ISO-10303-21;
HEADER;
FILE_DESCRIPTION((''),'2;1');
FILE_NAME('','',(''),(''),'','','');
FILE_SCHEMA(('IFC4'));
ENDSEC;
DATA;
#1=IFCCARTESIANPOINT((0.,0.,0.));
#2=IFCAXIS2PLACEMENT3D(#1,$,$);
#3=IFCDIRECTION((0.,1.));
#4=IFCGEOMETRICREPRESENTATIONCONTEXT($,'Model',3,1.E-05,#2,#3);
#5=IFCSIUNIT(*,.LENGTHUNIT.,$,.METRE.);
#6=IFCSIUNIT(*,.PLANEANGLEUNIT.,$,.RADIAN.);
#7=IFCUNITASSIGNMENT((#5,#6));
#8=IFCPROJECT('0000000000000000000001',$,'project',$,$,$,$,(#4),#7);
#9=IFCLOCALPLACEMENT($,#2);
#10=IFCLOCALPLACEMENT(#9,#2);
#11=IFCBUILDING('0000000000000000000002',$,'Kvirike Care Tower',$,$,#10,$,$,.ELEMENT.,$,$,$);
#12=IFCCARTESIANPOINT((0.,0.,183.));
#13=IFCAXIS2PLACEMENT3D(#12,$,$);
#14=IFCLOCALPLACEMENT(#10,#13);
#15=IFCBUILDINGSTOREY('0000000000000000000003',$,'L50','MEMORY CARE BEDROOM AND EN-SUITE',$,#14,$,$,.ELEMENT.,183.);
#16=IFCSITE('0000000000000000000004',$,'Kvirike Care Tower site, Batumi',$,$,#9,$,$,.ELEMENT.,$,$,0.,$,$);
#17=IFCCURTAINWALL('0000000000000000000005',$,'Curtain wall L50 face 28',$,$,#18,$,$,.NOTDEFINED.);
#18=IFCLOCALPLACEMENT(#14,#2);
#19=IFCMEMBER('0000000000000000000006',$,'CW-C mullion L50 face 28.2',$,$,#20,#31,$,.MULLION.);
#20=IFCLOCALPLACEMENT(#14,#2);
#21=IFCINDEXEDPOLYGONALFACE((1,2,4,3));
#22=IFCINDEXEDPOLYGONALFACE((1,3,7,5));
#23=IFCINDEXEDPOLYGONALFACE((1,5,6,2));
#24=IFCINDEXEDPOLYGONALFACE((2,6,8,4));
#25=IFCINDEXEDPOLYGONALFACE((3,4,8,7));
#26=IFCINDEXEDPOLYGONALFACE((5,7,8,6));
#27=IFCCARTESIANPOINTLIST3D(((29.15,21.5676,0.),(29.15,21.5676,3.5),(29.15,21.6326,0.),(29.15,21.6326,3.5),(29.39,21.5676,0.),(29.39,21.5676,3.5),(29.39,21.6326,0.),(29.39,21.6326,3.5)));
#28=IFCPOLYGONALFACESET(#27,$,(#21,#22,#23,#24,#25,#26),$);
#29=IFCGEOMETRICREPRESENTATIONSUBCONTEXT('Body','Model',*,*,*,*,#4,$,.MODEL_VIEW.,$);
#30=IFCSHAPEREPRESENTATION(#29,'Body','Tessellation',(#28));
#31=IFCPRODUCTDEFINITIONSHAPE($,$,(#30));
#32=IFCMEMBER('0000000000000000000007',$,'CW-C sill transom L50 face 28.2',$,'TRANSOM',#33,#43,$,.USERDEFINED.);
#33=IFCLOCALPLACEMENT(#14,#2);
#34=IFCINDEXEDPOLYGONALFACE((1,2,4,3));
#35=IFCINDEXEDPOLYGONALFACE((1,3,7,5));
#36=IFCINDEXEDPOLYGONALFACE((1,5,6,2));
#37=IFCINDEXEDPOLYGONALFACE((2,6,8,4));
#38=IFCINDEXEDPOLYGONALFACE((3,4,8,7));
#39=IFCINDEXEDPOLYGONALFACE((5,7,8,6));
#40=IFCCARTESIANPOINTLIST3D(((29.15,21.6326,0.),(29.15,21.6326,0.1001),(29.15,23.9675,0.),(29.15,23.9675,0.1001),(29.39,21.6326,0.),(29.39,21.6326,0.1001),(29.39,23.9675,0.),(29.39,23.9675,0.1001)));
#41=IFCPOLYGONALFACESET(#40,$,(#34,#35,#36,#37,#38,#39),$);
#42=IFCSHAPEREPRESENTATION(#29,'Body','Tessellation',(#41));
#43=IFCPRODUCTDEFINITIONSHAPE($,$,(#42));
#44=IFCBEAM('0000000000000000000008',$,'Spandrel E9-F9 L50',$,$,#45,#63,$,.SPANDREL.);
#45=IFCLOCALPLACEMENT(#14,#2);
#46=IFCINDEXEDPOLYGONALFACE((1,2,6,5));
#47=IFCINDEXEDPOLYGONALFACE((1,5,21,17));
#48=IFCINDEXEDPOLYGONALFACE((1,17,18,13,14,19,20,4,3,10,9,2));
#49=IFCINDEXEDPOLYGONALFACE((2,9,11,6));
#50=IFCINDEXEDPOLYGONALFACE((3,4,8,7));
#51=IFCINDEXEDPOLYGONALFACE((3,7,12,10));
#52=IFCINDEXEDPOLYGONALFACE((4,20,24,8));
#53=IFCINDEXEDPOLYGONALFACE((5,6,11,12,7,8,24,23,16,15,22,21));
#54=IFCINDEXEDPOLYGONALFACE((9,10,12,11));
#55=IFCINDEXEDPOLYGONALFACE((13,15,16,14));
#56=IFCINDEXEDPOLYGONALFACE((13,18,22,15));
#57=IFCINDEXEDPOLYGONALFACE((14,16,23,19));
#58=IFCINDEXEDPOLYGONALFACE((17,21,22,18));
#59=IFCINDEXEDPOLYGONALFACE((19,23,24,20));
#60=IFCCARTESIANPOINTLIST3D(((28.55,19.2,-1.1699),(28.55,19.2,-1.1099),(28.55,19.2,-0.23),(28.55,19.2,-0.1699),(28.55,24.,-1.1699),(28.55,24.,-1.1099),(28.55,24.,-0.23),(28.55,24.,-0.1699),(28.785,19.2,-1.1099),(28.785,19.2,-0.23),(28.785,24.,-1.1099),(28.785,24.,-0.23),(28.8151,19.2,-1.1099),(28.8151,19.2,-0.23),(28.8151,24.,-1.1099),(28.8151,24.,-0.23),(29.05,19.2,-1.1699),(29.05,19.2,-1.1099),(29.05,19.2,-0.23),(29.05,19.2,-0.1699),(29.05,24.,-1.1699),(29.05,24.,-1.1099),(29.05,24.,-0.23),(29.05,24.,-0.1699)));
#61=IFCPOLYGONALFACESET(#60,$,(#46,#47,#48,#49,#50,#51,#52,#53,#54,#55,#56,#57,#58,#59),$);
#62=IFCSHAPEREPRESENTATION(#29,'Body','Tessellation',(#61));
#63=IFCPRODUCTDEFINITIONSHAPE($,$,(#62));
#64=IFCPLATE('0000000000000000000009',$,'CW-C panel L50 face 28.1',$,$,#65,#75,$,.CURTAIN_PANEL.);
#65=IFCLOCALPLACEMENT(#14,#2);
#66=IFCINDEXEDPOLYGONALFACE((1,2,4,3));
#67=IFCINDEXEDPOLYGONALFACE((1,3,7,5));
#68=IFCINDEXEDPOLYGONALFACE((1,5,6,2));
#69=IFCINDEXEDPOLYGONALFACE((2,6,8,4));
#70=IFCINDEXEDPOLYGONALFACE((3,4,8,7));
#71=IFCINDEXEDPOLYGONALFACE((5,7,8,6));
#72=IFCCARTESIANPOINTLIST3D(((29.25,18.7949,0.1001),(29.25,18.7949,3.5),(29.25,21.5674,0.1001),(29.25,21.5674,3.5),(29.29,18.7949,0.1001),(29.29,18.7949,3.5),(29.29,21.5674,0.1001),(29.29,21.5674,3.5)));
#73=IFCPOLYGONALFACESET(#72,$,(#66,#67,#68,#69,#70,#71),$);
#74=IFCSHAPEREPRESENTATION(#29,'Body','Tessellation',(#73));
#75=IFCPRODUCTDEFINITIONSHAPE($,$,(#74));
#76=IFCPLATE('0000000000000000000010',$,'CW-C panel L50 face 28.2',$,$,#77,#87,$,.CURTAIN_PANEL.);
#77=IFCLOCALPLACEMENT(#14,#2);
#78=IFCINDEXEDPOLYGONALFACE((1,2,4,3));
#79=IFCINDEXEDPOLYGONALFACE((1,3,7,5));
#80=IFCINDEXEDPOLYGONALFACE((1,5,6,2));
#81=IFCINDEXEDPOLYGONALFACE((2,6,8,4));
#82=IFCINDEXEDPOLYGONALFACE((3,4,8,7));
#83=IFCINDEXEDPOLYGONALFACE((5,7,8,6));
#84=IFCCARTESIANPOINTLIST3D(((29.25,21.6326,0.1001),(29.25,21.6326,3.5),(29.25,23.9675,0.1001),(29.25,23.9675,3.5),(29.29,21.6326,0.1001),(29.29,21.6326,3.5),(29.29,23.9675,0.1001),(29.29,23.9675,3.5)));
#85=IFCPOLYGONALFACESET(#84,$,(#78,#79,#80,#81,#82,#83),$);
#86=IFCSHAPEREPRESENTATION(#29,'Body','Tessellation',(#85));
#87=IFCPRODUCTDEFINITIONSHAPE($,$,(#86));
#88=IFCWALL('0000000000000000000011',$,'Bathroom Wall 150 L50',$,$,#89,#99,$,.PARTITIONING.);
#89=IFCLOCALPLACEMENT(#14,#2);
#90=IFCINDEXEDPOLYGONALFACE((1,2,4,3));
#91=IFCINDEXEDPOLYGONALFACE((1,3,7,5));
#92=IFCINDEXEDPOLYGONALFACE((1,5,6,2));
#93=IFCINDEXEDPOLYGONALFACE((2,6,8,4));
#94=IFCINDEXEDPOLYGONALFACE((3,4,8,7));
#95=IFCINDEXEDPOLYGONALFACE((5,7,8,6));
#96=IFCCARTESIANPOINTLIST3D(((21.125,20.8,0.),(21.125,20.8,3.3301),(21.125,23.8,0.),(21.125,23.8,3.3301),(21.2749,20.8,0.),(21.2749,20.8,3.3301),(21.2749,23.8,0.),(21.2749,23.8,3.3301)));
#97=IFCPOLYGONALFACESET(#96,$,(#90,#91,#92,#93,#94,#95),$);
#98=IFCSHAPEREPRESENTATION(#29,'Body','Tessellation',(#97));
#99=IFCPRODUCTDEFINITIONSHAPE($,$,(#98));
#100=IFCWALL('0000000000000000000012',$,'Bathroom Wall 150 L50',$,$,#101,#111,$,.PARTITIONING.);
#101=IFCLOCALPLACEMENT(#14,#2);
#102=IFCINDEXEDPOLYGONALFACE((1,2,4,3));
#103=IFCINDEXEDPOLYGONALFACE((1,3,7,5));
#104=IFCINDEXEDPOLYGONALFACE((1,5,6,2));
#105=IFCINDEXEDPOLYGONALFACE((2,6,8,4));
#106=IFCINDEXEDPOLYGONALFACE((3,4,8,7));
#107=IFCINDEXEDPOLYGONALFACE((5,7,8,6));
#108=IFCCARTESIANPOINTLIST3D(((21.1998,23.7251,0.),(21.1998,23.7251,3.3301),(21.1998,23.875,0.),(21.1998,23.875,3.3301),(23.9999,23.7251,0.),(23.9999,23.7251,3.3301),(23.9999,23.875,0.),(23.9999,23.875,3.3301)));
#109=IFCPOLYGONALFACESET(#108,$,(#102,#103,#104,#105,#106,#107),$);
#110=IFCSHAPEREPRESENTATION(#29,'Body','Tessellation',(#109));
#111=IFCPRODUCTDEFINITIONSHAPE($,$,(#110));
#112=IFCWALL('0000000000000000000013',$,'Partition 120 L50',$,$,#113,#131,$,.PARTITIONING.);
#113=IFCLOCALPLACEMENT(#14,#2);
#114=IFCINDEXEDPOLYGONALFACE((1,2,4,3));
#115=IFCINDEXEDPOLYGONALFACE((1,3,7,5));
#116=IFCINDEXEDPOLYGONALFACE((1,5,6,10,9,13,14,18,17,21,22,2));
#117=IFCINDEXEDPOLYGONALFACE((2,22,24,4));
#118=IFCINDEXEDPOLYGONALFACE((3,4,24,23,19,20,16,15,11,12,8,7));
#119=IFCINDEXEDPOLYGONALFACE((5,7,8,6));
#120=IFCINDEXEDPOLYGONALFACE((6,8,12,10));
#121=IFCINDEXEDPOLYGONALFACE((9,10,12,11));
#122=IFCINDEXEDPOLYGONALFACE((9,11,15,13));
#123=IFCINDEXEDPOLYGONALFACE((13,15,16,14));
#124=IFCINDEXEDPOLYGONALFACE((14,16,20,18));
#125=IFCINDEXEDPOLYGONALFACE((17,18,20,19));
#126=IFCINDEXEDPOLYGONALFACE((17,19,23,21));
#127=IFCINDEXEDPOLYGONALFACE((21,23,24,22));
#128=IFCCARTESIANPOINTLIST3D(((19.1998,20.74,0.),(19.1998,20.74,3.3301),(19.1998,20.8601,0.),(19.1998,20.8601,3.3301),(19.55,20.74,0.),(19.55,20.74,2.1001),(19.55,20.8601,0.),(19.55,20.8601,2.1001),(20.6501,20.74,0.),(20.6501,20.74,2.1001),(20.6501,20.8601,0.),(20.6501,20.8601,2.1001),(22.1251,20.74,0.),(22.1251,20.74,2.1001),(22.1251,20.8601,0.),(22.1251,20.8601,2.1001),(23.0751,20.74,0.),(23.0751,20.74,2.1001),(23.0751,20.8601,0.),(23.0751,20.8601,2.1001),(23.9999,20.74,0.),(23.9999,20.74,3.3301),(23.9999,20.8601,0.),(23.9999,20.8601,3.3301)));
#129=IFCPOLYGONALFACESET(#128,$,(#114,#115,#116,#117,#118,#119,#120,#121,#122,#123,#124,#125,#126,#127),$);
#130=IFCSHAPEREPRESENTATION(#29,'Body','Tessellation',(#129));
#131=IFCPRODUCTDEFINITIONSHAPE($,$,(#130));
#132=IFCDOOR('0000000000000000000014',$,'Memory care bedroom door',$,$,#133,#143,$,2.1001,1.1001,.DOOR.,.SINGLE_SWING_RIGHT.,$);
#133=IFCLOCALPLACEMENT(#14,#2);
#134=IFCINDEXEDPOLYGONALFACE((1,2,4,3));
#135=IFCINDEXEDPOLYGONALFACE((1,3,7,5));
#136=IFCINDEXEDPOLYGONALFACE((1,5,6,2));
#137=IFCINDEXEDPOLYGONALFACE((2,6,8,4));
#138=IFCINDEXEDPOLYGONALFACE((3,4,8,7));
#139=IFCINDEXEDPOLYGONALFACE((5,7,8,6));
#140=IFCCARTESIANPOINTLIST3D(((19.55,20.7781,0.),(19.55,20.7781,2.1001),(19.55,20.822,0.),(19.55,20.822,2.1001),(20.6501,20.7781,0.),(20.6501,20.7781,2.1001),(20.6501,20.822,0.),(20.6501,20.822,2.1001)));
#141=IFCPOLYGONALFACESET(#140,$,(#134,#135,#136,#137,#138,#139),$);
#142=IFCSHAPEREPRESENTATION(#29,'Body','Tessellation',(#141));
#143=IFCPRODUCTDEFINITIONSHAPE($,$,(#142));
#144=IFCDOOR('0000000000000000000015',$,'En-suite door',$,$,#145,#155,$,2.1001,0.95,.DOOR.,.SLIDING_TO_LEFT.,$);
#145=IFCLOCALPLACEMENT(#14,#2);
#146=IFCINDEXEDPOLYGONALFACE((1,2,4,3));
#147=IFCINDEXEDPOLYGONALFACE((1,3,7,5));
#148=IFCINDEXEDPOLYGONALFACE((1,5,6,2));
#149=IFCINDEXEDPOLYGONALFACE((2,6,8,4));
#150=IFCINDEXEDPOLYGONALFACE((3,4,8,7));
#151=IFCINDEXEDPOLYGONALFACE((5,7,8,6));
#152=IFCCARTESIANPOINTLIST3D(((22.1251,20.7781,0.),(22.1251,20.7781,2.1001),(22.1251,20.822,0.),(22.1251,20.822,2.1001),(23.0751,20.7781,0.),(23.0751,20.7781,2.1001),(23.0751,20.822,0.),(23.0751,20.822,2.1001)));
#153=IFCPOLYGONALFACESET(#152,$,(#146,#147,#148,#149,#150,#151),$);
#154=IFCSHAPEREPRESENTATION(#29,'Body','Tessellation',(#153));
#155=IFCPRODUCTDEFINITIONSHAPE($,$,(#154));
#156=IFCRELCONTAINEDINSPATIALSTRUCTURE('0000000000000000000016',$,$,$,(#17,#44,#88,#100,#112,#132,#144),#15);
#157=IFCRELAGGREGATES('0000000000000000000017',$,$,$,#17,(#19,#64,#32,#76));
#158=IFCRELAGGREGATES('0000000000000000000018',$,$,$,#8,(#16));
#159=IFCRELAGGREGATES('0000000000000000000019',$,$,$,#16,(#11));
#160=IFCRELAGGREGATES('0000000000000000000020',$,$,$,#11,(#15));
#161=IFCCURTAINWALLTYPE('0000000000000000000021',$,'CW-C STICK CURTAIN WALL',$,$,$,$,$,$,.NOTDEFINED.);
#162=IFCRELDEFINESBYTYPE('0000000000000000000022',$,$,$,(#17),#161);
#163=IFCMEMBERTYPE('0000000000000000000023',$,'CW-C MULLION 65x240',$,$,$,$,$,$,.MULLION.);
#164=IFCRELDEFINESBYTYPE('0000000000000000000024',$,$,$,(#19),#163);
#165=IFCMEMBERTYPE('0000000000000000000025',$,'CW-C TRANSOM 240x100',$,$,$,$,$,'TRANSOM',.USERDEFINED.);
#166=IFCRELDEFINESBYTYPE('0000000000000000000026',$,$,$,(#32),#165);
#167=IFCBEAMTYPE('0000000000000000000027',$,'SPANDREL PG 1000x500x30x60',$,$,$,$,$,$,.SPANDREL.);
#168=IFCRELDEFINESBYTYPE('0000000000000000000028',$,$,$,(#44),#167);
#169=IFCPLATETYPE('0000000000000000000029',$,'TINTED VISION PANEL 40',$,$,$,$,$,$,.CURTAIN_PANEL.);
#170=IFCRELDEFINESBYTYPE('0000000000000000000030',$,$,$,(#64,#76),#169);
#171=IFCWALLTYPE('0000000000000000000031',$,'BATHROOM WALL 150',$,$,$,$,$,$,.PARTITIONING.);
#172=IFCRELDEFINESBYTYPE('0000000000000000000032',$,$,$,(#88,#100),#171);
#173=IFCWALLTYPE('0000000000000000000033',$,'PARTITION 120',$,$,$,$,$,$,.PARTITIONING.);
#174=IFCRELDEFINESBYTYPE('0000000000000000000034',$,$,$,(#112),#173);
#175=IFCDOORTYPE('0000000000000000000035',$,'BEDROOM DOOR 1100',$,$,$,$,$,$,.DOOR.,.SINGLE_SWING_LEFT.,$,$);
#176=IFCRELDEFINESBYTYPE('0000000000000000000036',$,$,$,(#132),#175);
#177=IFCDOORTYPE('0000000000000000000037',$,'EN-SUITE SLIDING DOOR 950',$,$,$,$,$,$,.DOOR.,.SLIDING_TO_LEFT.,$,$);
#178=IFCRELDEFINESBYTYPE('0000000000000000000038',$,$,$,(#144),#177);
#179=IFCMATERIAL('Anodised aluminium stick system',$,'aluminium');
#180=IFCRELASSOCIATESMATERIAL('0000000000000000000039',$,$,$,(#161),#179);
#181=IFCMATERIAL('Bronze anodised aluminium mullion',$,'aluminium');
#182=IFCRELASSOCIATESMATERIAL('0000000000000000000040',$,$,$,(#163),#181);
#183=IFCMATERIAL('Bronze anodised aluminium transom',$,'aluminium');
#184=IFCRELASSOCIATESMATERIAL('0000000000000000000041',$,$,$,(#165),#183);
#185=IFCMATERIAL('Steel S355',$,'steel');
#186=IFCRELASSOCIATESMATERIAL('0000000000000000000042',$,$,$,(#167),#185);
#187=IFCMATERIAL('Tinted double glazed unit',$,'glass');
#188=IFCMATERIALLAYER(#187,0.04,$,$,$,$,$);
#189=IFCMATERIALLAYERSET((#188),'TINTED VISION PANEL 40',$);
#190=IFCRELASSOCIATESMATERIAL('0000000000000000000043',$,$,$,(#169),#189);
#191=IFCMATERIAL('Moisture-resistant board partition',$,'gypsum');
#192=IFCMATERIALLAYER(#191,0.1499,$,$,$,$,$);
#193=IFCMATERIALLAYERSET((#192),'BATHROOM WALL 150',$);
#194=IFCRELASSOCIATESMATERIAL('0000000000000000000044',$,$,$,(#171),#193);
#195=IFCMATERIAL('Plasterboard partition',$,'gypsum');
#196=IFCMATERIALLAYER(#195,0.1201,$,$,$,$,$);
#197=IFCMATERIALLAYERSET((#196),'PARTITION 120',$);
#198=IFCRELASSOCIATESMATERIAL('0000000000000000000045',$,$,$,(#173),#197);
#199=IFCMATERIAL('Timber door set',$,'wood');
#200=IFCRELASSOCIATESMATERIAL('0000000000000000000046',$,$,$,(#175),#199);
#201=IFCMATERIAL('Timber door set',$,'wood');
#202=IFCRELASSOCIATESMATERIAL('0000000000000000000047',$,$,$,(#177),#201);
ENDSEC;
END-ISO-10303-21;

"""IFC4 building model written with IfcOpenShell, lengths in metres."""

from ifc_helpers import new_model, si_unit, direction, frame, frame_2d, origin, origin_2d, place, context, subcontext, project, spatial, rectangle, i_section, extrude, material, layer, layer_set, material_profile, profile_set, type_object, element, fill, aggregate, save


model = new_model("IFC4")

# Units and contexts
model_context = context("Model", 3, precision=1e-05, world=origin(), true_north=direction((0.0, 1.0)))
body_context = subcontext(model_context, "Body", "Model", "MODEL_VIEW")
ifc_project = project(units=[si_unit("LENGTHUNIT", "METRE"), si_unit("PLANEANGLEUNIT", "RADIAN")], contexts=[model_context])

# Site, building, storey
site_placement = place(None, origin())
site = spatial("IfcSite", under=ifc_project, at=site_placement, Name="Kvirike Care Tower site, Batumi", CompositionType="ELEMENT", RefElevation=0.0)
building_placement = place(site_placement, origin())
building = spatial("IfcBuilding", under=site, at=building_placement, Name="Kvirike Care Tower", CompositionType="ELEMENT")
storey_placement = place(building_placement, frame((0.0, 0.0, 183.0)))
storey = spatial("IfcBuildingStorey", under=building, at=storey_placement, Name="L50", Description="MEMORY CARE BEDROOM AND EN-SUITE", CompositionType="ELEMENT", Elevation=183.0)

# Curtain wall, members
ifc_material_1 = material(Name="Anodised aluminium stick system", Category="aluminium")
curtain_wall_type = type_object("IfcCurtainWallType", Name="CW-C STICK CURTAIN WALL", PredefinedType="NOTDEFINED", material=ifc_material_1)
curtain_wall_placement = place(storey_placement, origin())
curtain_wall = element("IfcCurtainWall", 1, at=curtain_wall_placement, inside=storey, type_object=curtain_wall_type, Name="Curtain wall L50 face 28", PredefinedType="NOTDEFINED")
ifc_material_2 = material(Name="Bronze anodised aluminium mullion", Category="aluminium")
ifc_material_profile_1 = material_profile(ifc_material_2, rectangle(XDim=0.0649, YDim=0.24, at=origin_2d()), Name="CW-C MULLION 65x240")
ifc_profile_set_1 = profile_set([ifc_material_profile_1], Name="Bronze anodised aluminium mullion")
member_type_1 = type_object("IfcMemberType", Name="CW-C MULLION 65x240", PredefinedType="MULLION", material=ifc_profile_set_1)
member_1_placement = place(storey_placement, frame((29.27, 21.6001, 0.0), z_axis=(0.0, 0.0, 1.0), x_axis=(0.0, 1.0, 0.0)))
member_1 = element("IfcMember", 2, at=member_1_placement, type_object=member_type_1, Name="CW-C mullion L50 face 28.2", PredefinedType="MULLION", context=body_context, shape_type="SweptSolid", body=[
    extrude(rectangle(XDim=0.0649, YDim=0.24, at=origin_2d()), origin(), (0.0, 0.0, 1.0), 3.5),
])
ifc_material_3 = material(Name="Bronze anodised aluminium transom", Category="aluminium")
ifc_material_profile_2 = material_profile(ifc_material_3, rectangle(XDim=0.24, YDim=0.1001, at=origin_2d()), Name="CW-C TRANSOM 240x100")
ifc_profile_set_2 = profile_set([ifc_material_profile_2], Name="Bronze anodised aluminium transom")
member_type_2 = type_object("IfcMemberType", Name="CW-C TRANSOM 240x100", ElementType="TRANSOM", PredefinedType="USERDEFINED", material=ifc_profile_set_2)
member_2_placement = place(storey_placement, frame((29.27, 21.6326, 0.05), z_axis=(0.0, 1.0, 0.0), x_axis=(-1.0, 0.0, 0.0)))
member_2 = element("IfcMember", 3, at=member_2_placement, type_object=member_type_2, Name="CW-C sill transom L50 face 28.2", ObjectType="TRANSOM", PredefinedType="USERDEFINED", context=body_context, shape_type="SweptSolid", body=[
    extrude(rectangle(XDim=0.24, YDim=0.1001, at=origin_2d()), origin(), (0.0, 0.0, 1.0), 2.335),
])

# Beam
ifc_material_4 = material(Name="Steel S355", Category="steel")
ifc_material_profile_3 = material_profile(ifc_material_4, i_section(OverallWidth=0.5, OverallDepth=1.0, WebThickness=0.03, FlangeThickness=0.0601, at=origin_2d()), Name="PG 1000x500x30x60")
ifc_profile_set_3 = profile_set([ifc_material_profile_3], Name="Steel S355")
beam_type = type_object("IfcBeamType", Name="SPANDREL PG 1000x500x30x60", PredefinedType="SPANDREL", material=ifc_profile_set_3)
beam_placement = place(storey_placement, frame((28.8, 19.2, -0.6699), z_axis=(0.0, 1.0, 0.0), x_axis=(-1.0, 0.0, 0.0)))
element("IfcBeam", 4, at=beam_placement, inside=storey, type_object=beam_type, Name="Spandrel E9-F9 L50", PredefinedType="SPANDREL", context=body_context, shape_type="SweptSolid", body=[
    extrude(i_section(OverallWidth=0.5, OverallDepth=1.0, WebThickness=0.03, FlangeThickness=0.0601, at=origin_2d()), origin(), (0.0, 0.0, 1.0), 4.8),
])

# Plates
ifc_material_5 = material(Name="Tinted double glazed unit", Category="glass")
ifc_layer_1 = layer(ifc_material_5, 0.04)
ifc_layer_set_1 = layer_set([ifc_layer_1], Name="TINTED VISION PANEL 40")
plate_type = type_object("IfcPlateType", Name="TINTED VISION PANEL 40", PredefinedType="CURTAIN_PANEL", material=ifc_layer_set_1)
plate_1_placement = place(storey_placement, frame((29.27, 20.1812, 0.1001), z_axis=(0.0, 0.0, 1.0), x_axis=(0.0, 1.0, 0.0)))
plate_1 = element("IfcPlate", 5, at=plate_1_placement, type_object=plate_type, Name="CW-C panel L50 face 28.1", PredefinedType="CURTAIN_PANEL", context=body_context, shape_type="SweptSolid", body=[
    extrude(rectangle(XDim=2.7725, YDim=0.04, at=origin_2d()), origin(), (0.0, 0.0, 1.0), 3.3999),
])
plate_2_placement = place(storey_placement, frame((29.27, 22.8, 0.1001), z_axis=(0.0, 0.0, 1.0), x_axis=(0.0, 1.0, 0.0)))
plate_2 = element("IfcPlate", 6, at=plate_2_placement, type_object=plate_type, Name="CW-C panel L50 face 28.2", PredefinedType="CURTAIN_PANEL", context=body_context, shape_type="SweptSolid", body=[
    extrude(rectangle(XDim=2.335, YDim=0.04, at=origin_2d()), origin(), (0.0, 0.0, 1.0), 3.3999),
])
aggregate(curtain_wall, [member_1, plate_1, member_2, plate_2])

# Walls
ifc_material_6 = material(Name="Moisture-resistant board partition", Category="gypsum")
ifc_layer_2 = layer(ifc_material_6, 0.1499)
ifc_layer_set_2 = layer_set([ifc_layer_2], Name="BATHROOM WALL 150")
wall_type_1 = type_object("IfcWallType", Name="BATHROOM WALL 150", PredefinedType="PARTITIONING", material=ifc_layer_set_2)
wall_1_placement = place(storey_placement, frame((21.2, 20.8, 0.0), z_axis=(0.0, 0.0, 1.0), x_axis=(0.0, 1.0, 0.0)))
element("IfcWall", 7, at=wall_1_placement, inside=storey, type_object=wall_type_1, Name="Bathroom Wall 150 L50", PredefinedType="PARTITIONING", context=body_context, shape_type="SweptSolid", body=[
    extrude(rectangle(XDim=3.0, YDim=0.1499, at=frame_2d((1.5, 0.0))), origin(), (0.0, 0.0, 1.0), 3.3301),
])
wall_2_placement = place(storey_placement, frame((21.2, 23.8, 0.0), z_axis=(0.0, 0.0, 1.0), x_axis=(1.0, 0.0, 0.0)))
element("IfcWall", 8, at=wall_2_placement, inside=storey, type_object=wall_type_1, Name="Bathroom Wall 150 L50", PredefinedType="PARTITIONING", context=body_context, shape_type="SweptSolid", body=[
    extrude(rectangle(XDim=2.8, YDim=0.1499, at=frame_2d((1.3999, 0.0))), origin(), (0.0, 0.0, 1.0), 3.3301),
])

# Wall, openings, doors
ifc_material_7 = material(Name="Plasterboard partition", Category="gypsum")
ifc_layer_3 = layer(ifc_material_7, 0.1201)
ifc_layer_set_3 = layer_set([ifc_layer_3], Name="PARTITION 120")
wall_type_2 = type_object("IfcWallType", Name="PARTITION 120", PredefinedType="PARTITIONING", material=ifc_layer_set_3)
wall_3_placement = place(storey_placement, frame((19.2, 20.8, 0.0), z_axis=(0.0, 0.0, 1.0), x_axis=(1.0, 0.0, 0.0)))
wall_3 = element("IfcWall", 9, at=wall_3_placement, inside=storey, type_object=wall_type_2, Name="Partition 120 L50", PredefinedType="PARTITIONING", context=body_context, shape_type="SweptSolid", body=[
    extrude(rectangle(XDim=4.8, YDim=0.1201, at=frame_2d((2.3999, 0.0))), origin(), (0.0, 0.0, 1.0), 3.3301),
])
opening_1_placement = place(wall_3_placement, frame((0.3501, 0.0, 0.0)))
opening_1 = element("IfcOpeningElement", 10, at=opening_1_placement, cuts=wall_3, PredefinedType="OPENING", context=body_context, shape_type="SweptSolid", body=[
    extrude(rectangle(XDim=1.1001, YDim=2.1001, at=frame_2d((0.55, 1.05))), frame((0.0, 0.0706, 0.0), z_axis=(0.0, -1.0, 0.0), x_axis=(1.0, 0.0, 0.0)), (0.0, 0.0, 1.0), 0.1411),
])
opening_2_placement = place(wall_3_placement, frame((2.925, 0.0, 0.0)))
opening_2 = element("IfcOpeningElement", 11, at=opening_2_placement, cuts=wall_3, PredefinedType="OPENING", context=body_context, shape_type="SweptSolid", body=[
    extrude(rectangle(XDim=0.95, YDim=2.1001, at=frame_2d((0.4751, 1.05))), frame((0.0, 0.0706, 0.0), z_axis=(0.0, -1.0, 0.0), x_axis=(1.0, 0.0, 0.0)), (0.0, 0.0, 1.0), 0.1411),
])
ifc_material_8 = material(Name="Timber door set", Category="wood")
door_type_1 = type_object("IfcDoorType", Name="BEDROOM DOOR 1100", OperationType="SINGLE_SWING_LEFT", PredefinedType="DOOR", material=ifc_material_8)
door_1_placement = place(opening_1_placement, origin())
door_1 = element("IfcDoor", 12, at=door_1_placement, inside=storey, type_object=door_type_1, Name="Memory care bedroom door", OperationType="SINGLE_SWING_RIGHT", OverallHeight=2.1001, OverallWidth=1.1001, PredefinedType="DOOR", context=body_context, shape_type="SweptSolid", body=[
    extrude(rectangle(XDim=1.1001, YDim=2.1001, at=frame_2d((0.55, 1.05))), frame((0.0, 0.022, 0.0), z_axis=(0.0, -1.0, 0.0), x_axis=(1.0, 0.0, 0.0)), (0.0, 0.0, 1.0), 0.0439),
])
fill(opening_1, door_1)
ifc_material_9 = material(Name="Timber door set", Category="wood")
door_type_2 = type_object("IfcDoorType", Name="EN-SUITE SLIDING DOOR 950", OperationType="SLIDING_TO_LEFT", PredefinedType="DOOR", material=ifc_material_9)
door_2_placement = place(opening_2_placement, origin())
door_2 = element("IfcDoor", 13, at=door_2_placement, inside=storey, type_object=door_type_2, Name="En-suite door", OperationType="SLIDING_TO_LEFT", OverallHeight=2.1001, OverallWidth=0.95, PredefinedType="DOOR", context=body_context, shape_type="SweptSolid", body=[
    extrude(rectangle(XDim=0.95, YDim=2.1001, at=frame_2d((0.4751, 1.05))), frame((0.0, 0.022, 0.0), z_axis=(0.0, -1.0, 0.0), x_axis=(1.0, 0.0, 0.0)), (0.0, 0.0, 1.0), 0.0439),
])
fill(opening_2, door_2)

save(model, "model.ifc")
